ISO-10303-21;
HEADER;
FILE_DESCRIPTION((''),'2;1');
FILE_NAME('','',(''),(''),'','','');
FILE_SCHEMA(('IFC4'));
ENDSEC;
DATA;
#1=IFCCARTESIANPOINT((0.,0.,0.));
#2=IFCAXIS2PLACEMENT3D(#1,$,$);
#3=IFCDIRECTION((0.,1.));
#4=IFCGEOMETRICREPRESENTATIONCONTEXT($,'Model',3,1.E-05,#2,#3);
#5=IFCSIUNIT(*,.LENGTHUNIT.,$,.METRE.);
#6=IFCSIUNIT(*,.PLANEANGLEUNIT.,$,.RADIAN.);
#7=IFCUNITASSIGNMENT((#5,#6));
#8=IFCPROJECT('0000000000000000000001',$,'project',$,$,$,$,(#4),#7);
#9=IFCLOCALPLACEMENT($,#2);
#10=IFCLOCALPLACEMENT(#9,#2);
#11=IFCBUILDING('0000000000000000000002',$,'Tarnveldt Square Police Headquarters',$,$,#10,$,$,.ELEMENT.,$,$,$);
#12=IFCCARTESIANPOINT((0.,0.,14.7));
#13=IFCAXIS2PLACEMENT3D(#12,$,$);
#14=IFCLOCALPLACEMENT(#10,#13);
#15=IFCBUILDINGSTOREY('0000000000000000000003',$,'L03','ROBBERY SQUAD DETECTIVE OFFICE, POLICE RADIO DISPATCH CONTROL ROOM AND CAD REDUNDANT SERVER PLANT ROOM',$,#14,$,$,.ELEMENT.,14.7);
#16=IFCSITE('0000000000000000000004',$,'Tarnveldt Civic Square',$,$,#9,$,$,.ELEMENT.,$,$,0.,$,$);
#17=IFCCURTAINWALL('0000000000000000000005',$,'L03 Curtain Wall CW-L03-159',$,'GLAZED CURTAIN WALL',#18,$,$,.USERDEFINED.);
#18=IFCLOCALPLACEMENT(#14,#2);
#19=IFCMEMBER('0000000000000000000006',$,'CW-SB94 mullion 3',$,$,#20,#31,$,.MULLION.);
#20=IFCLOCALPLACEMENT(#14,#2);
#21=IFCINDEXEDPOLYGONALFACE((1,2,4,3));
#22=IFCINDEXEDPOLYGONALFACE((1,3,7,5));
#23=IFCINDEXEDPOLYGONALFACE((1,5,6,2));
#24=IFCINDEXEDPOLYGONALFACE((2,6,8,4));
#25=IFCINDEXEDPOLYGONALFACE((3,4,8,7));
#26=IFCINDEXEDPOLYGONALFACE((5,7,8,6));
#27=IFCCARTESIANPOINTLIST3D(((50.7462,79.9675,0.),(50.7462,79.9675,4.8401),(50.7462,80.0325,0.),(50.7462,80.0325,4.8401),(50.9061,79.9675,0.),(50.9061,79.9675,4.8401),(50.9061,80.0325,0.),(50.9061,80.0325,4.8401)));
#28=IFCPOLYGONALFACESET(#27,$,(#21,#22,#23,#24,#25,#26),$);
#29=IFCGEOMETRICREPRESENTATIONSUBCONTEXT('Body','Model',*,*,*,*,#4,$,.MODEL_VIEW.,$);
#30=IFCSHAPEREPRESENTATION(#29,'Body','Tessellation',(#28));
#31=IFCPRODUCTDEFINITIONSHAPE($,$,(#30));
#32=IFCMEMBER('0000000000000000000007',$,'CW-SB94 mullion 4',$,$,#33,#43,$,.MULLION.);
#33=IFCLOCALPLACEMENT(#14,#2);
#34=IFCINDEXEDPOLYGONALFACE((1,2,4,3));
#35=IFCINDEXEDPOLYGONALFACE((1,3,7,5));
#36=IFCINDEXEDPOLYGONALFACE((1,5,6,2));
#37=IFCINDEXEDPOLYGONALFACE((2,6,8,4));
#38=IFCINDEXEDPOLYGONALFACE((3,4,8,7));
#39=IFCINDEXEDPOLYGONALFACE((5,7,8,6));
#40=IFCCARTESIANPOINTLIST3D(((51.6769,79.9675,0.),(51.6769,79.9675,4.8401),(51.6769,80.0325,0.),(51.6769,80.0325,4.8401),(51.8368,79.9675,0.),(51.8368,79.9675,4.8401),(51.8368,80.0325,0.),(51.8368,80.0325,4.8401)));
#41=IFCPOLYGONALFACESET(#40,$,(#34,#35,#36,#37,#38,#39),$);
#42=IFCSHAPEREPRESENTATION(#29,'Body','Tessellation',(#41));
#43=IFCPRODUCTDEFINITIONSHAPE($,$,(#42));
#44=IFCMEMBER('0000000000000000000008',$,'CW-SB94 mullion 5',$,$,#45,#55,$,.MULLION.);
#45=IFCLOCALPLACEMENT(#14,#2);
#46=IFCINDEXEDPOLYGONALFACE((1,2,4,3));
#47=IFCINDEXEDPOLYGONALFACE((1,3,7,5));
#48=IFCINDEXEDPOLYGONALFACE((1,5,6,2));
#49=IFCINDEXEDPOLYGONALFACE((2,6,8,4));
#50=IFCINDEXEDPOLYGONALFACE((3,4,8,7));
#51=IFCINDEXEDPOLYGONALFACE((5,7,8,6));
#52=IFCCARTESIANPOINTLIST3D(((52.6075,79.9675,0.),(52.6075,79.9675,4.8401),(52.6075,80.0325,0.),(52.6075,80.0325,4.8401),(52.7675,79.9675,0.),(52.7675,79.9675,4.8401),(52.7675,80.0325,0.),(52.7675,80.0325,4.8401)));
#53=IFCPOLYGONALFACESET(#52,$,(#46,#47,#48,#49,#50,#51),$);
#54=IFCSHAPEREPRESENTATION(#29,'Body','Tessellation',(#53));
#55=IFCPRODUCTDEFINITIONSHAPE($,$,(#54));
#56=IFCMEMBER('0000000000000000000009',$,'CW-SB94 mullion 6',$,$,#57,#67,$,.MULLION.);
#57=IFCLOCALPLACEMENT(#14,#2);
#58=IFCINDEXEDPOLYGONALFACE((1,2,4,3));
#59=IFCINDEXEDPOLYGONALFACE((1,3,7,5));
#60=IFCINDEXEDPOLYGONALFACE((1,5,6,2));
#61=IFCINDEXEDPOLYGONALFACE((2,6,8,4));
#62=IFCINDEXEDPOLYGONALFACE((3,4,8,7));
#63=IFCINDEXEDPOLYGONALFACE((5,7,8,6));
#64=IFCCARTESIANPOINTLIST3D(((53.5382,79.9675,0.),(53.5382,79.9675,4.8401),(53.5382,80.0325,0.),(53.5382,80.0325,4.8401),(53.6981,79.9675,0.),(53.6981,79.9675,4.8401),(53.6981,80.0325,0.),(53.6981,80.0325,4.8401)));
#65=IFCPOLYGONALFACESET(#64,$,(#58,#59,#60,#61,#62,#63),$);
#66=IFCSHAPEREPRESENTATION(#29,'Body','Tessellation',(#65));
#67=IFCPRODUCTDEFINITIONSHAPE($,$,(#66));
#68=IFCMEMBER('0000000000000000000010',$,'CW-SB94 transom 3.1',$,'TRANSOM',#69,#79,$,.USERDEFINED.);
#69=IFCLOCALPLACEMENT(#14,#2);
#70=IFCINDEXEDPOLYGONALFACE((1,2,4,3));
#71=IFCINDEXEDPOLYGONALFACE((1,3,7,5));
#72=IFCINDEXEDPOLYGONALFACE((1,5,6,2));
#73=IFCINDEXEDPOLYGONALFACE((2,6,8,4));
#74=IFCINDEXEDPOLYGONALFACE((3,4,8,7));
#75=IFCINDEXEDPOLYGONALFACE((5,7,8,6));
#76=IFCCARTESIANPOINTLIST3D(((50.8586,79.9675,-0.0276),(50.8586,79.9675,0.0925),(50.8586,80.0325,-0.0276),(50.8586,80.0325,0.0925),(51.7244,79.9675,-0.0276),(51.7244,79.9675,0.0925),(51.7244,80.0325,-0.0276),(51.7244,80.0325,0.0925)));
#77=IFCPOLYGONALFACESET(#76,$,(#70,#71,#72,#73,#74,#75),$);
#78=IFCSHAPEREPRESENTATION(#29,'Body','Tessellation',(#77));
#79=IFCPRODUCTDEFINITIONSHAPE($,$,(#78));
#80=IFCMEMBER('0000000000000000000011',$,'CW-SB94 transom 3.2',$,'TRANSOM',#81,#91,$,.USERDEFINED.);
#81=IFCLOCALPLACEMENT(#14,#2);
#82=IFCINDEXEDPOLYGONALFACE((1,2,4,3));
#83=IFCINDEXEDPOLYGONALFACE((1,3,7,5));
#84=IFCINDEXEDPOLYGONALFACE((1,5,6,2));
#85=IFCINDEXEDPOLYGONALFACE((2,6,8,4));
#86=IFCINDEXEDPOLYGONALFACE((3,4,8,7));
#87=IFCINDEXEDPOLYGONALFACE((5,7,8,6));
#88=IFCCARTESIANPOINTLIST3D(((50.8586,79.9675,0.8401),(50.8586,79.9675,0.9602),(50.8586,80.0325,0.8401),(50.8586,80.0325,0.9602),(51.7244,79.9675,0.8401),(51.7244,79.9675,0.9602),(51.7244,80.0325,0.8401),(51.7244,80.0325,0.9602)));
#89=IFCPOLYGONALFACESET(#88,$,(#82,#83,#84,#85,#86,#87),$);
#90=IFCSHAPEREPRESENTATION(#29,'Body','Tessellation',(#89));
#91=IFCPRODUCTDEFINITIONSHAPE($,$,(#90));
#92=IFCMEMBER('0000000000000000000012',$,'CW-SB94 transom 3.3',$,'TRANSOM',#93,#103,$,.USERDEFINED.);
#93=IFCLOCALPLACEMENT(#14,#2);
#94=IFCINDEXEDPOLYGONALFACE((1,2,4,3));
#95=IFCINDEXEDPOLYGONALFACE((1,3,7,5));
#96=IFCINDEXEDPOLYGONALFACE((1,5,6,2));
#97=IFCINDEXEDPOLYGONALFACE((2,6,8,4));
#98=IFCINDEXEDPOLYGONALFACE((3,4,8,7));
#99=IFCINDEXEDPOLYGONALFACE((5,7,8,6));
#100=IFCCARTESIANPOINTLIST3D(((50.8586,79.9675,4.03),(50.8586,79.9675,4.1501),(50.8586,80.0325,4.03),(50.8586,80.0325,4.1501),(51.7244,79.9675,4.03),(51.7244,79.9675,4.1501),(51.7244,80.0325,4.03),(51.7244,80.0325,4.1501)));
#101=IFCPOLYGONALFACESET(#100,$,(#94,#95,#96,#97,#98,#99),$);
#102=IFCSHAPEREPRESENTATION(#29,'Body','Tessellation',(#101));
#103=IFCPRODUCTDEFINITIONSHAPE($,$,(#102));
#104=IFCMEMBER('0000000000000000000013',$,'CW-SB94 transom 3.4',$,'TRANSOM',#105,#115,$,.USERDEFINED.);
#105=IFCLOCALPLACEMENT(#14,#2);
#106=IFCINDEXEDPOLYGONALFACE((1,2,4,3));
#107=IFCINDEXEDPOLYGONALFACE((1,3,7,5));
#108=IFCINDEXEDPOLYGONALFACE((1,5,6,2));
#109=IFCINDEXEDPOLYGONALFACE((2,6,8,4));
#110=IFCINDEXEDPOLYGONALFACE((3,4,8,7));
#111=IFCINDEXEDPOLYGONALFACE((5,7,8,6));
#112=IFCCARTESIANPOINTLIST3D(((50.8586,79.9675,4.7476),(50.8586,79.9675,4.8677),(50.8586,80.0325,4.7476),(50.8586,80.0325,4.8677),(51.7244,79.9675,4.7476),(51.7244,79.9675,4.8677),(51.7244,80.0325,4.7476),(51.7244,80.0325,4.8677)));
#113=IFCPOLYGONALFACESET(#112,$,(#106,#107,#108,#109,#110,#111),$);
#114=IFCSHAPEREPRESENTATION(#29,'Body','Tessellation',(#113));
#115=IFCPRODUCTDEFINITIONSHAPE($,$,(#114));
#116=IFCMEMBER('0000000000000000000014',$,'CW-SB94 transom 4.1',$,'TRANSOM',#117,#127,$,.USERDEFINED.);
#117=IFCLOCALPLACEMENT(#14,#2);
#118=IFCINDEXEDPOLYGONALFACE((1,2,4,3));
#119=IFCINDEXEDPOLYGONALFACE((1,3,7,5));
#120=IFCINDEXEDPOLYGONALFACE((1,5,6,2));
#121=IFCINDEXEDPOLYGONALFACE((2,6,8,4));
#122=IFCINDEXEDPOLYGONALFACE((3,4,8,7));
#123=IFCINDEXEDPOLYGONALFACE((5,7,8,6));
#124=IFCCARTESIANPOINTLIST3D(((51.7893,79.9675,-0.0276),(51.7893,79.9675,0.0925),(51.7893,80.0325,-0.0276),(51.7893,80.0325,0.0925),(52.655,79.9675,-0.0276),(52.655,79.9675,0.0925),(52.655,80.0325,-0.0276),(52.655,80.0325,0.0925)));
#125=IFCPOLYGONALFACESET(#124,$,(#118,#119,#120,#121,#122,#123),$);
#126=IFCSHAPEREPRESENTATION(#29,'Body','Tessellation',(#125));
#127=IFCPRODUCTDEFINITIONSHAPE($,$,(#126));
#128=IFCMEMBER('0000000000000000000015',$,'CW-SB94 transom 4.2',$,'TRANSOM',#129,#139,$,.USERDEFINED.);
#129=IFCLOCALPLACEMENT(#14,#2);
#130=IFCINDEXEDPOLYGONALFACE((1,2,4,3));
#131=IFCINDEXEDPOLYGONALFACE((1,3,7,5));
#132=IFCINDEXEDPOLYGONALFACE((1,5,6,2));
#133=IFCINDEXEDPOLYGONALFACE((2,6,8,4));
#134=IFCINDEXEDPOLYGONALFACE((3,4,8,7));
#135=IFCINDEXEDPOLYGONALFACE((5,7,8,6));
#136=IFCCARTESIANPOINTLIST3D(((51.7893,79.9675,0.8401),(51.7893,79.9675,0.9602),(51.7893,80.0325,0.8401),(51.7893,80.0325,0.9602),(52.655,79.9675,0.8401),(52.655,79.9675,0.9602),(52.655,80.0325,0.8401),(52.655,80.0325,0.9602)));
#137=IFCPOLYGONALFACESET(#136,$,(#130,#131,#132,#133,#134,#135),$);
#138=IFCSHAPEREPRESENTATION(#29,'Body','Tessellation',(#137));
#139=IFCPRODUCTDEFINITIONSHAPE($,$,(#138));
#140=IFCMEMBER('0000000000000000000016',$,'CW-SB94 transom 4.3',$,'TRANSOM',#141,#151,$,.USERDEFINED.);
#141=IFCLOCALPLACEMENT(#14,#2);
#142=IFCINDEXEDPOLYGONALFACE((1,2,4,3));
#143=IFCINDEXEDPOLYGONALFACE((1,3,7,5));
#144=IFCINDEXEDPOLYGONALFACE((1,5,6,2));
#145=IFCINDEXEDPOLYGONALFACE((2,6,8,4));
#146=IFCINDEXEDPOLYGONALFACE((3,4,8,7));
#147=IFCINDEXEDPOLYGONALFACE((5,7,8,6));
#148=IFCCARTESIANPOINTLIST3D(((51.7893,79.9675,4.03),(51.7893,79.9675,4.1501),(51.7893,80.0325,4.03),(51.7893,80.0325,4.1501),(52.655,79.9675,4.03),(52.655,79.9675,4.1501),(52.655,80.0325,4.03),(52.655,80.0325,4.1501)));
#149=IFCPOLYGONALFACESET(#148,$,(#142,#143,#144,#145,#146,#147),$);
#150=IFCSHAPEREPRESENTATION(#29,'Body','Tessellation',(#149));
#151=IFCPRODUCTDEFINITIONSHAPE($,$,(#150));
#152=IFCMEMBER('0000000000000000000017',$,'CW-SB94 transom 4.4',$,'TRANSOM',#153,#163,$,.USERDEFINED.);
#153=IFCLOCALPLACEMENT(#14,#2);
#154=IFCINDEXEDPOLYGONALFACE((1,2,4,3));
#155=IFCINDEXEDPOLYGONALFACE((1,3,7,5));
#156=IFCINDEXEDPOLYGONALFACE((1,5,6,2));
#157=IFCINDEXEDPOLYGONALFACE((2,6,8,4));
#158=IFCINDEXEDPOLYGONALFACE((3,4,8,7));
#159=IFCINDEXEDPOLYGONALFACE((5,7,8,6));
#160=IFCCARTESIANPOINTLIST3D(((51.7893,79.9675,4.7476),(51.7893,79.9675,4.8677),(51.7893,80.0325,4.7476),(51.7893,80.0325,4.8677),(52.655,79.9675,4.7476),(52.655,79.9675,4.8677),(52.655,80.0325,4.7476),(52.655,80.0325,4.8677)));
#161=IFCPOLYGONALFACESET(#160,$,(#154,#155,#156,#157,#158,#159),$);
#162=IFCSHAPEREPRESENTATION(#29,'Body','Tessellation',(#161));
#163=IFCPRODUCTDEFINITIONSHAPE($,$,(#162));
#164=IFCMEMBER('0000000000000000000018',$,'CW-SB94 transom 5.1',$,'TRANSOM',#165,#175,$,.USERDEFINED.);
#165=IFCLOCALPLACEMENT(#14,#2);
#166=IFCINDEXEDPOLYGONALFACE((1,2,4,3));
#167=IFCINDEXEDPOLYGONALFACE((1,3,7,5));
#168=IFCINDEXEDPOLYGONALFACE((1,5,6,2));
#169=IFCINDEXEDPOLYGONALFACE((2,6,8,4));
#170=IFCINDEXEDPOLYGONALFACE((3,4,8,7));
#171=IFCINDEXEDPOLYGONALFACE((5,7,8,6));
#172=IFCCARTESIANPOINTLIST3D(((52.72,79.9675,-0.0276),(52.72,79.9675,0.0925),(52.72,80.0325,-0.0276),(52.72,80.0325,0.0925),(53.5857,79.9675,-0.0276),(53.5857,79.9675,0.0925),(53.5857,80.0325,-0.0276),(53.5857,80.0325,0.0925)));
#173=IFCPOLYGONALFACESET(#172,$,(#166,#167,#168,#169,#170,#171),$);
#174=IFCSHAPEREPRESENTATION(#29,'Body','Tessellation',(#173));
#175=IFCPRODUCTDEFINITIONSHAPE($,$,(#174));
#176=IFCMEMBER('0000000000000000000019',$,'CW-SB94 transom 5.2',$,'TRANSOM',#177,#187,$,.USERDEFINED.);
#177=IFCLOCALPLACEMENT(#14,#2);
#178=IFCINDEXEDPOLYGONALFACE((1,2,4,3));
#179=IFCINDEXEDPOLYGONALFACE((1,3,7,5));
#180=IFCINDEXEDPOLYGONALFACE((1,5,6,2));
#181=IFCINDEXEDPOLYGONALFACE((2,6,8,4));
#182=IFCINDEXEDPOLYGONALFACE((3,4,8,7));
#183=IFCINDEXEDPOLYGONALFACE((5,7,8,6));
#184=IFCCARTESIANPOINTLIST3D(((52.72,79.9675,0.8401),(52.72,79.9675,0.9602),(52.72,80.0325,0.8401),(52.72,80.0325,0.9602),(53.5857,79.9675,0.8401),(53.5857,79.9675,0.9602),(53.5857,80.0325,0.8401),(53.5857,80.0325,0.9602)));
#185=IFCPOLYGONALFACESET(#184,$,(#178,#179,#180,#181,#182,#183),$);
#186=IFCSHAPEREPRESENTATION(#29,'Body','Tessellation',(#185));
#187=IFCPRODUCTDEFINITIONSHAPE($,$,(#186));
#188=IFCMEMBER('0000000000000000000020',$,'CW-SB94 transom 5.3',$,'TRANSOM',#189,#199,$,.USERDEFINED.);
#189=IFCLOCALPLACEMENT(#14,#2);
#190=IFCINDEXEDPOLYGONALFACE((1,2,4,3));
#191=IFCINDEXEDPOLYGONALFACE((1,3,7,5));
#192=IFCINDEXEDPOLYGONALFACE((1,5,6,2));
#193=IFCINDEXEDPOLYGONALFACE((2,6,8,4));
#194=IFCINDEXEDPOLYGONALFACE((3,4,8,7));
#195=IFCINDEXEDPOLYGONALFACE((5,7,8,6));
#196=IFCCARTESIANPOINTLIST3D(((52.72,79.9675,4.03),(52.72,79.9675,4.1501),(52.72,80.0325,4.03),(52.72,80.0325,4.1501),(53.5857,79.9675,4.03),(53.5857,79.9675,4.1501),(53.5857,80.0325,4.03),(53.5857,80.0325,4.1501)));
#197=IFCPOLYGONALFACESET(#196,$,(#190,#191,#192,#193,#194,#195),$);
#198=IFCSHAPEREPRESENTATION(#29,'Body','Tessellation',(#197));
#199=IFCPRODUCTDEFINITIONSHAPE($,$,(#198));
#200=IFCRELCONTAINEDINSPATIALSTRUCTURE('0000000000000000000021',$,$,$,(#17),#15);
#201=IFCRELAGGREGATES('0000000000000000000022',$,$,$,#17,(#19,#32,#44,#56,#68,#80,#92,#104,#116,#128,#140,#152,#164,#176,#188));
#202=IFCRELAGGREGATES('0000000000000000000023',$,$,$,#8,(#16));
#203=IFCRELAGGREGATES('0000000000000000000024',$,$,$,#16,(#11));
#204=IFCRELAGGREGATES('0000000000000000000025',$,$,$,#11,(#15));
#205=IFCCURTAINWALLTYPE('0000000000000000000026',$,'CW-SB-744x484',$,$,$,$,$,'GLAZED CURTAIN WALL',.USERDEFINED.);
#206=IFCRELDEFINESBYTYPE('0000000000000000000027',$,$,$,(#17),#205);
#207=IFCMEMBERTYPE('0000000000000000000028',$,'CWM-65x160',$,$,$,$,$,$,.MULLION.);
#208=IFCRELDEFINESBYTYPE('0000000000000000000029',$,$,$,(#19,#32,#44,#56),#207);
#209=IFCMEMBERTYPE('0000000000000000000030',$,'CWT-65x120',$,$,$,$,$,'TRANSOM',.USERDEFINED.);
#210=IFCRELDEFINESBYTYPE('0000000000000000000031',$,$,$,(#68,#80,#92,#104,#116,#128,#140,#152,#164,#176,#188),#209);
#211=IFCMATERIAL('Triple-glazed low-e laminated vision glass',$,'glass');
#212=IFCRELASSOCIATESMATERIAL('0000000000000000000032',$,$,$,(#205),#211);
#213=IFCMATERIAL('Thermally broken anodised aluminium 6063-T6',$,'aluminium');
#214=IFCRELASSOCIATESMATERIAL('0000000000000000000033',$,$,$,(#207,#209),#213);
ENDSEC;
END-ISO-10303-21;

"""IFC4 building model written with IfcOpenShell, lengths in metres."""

from ifc_helpers import new_model, si_unit, direction, frame, origin, origin_2d, place, context, subcontext, project, spatial, rectangle, extrude, material, material_profile, profile_set, type_object, element, aggregate, save


model = new_model("IFC4")

# Units and contexts
model_context = context("Model", 3, precision=1e-05, world=origin(), true_north=direction((0.0, 1.0)))
body_context = subcontext(model_context, "Body", "Model", "MODEL_VIEW")
ifc_project = project(units=[si_unit("LENGTHUNIT", "METRE"), si_unit("PLANEANGLEUNIT", "RADIAN")], contexts=[model_context])

# Site, building, storey
site_placement = place(None, origin())
site = spatial("IfcSite", under=ifc_project, at=site_placement, Name="Tarnveldt Civic Square", CompositionType="ELEMENT", RefElevation=0.0)
building_placement = place(site_placement, origin())
building = spatial("IfcBuilding", under=site, at=building_placement, Name="Tarnveldt Square Police Headquarters", CompositionType="ELEMENT")
storey_placement = place(building_placement, frame((0.0, 0.0, 14.7)))
storey = spatial("IfcBuildingStorey", under=building, at=storey_placement, Name="L03", Description="ROBBERY SQUAD DETECTIVE OFFICE, POLICE RADIO DISPATCH CONTROL ROOM AND CAD REDUNDANT SERVER PLANT ROOM", CompositionType="ELEMENT", Elevation=14.7)

# Curtain wall, members
ifc_material_1 = material(Name="Triple-glazed low-e laminated vision glass", Category="glass")
curtain_wall_type = type_object("IfcCurtainWallType", Name="CW-SB-744x484", ElementType="GLAZED CURTAIN WALL", PredefinedType="USERDEFINED", material=ifc_material_1)
curtain_wall_placement = place(storey_placement, origin())
curtain_wall = element("IfcCurtainWall", 1, at=curtain_wall_placement, inside=storey, type_object=curtain_wall_type, Name="L03 Curtain Wall CW-L03-159", ObjectType="GLAZED CURTAIN WALL", PredefinedType="USERDEFINED")
ifc_material_2 = material(Name="Thermally broken anodised aluminium 6063-T6", Category="aluminium")
ifc_material_profile_1 = material_profile(ifc_material_2, rectangle(XDim=0.0649, YDim=0.1599, at=origin_2d()), Name="CW-M65x160")
ifc_profile_set_1 = profile_set([ifc_material_profile_1], Name="Thermally broken anodised aluminium 6063-T6")
member_type_1 = type_object("IfcMemberType", Name="CWM-65x160", PredefinedType="MULLION", material=ifc_profile_set_1)
member_1_placement = place(storey_placement, frame((50.8262, 80.0, 0.0), z_axis=(0.0, 0.0, 1.0), x_axis=(0.0, 1.0, 0.0)))
member_1 = element("IfcMember", 2, at=member_1_placement, type_object=member_type_1, Name="CW-SB94 mullion 3", PredefinedType="MULLION", context=body_context, shape_type="SweptSolid", body=[
    extrude(rectangle(XDim=0.0649, YDim=0.1599, at=origin_2d()), origin(), (0.0, 0.0, 1.0), 4.8401),
])
member_2_placement = place(storey_placement, frame((51.7568, 80.0, 0.0), z_axis=(0.0, 0.0, 1.0), x_axis=(0.0, 1.0, 0.0)))
member_2 = element("IfcMember", 3, at=member_2_placement, type_object=member_type_1, Name="CW-SB94 mullion 4", PredefinedType="MULLION", context=body_context, shape_type="SweptSolid", body=[
    extrude(rectangle(XDim=0.0649, YDim=0.1599, at=origin_2d()), origin(), (0.0, 0.0, 1.0), 4.8401),
])
member_3_placement = place(storey_placement, frame((52.6875, 80.0, 0.0), z_axis=(0.0, 0.0, 1.0), x_axis=(0.0, 1.0, 0.0)))
member_3 = element("IfcMember", 4, at=member_3_placement, type_object=member_type_1, Name="CW-SB94 mullion 5", PredefinedType="MULLION", context=body_context, shape_type="SweptSolid", body=[
    extrude(rectangle(XDim=0.0649, YDim=0.1599, at=origin_2d()), origin(), (0.0, 0.0, 1.0), 4.8401),
])
member_4_placement = place(storey_placement, frame((53.6182, 80.0, 0.0), z_axis=(0.0, 0.0, 1.0), x_axis=(0.0, 1.0, 0.0)))
member_4 = element("IfcMember", 5, at=member_4_placement, type_object=member_type_1, Name="CW-SB94 mullion 6", PredefinedType="MULLION", context=body_context, shape_type="SweptSolid", body=[
    extrude(rectangle(XDim=0.0649, YDim=0.1599, at=origin_2d()), origin(), (0.0, 0.0, 1.0), 4.8401),
])
ifc_material_profile_2 = material_profile(ifc_material_2, rectangle(XDim=0.0649, YDim=0.1201, at=origin_2d()), Name="CW-T65x120")
ifc_profile_set_2 = profile_set([ifc_material_profile_2], Name="Thermally broken anodised aluminium 6063-T6")
member_type_2 = type_object("IfcMemberType", Name="CWT-65x120", ElementType="TRANSOM", PredefinedType="USERDEFINED", material=ifc_profile_set_2)
member_5_placement = place(storey_placement, frame((50.8586, 80.0, 0.0325), z_axis=(1.0, 0.0, 0.0), x_axis=(0.0, 1.0, 0.0)))
member_5 = element("IfcMember", 6, at=member_5_placement, type_object=member_type_2, Name="CW-SB94 transom 3.1", ObjectType="TRANSOM", PredefinedType="USERDEFINED", context=body_context, shape_type="SweptSolid", body=[
    extrude(rectangle(XDim=0.0649, YDim=0.1201, at=origin_2d()), origin(), (0.0, 0.0, 1.0), 0.8657),
])
member_6_placement = place(storey_placement, frame((50.8586, 80.0, 0.9001), z_axis=(1.0, 0.0, 0.0), x_axis=(0.0, 1.0, 0.0)))
member_6 = element("IfcMember", 7, at=member_6_placement, type_object=member_type_2, Name="CW-SB94 transom 3.2", ObjectType="TRANSOM", PredefinedType="USERDEFINED", context=body_context, shape_type="SweptSolid", body=[
    extrude(rectangle(XDim=0.0649, YDim=0.1201, at=origin_2d()), origin(), (0.0, 0.0, 1.0), 0.8657),
])
member_7_placement = place(storey_placement, frame((50.8586, 80.0, 4.0901), z_axis=(1.0, 0.0, 0.0), x_axis=(0.0, 1.0, 0.0)))
member_7 = element("IfcMember", 8, at=member_7_placement, type_object=member_type_2, Name="CW-SB94 transom 3.3", ObjectType="TRANSOM", PredefinedType="USERDEFINED", context=body_context, shape_type="SweptSolid", body=[
    extrude(rectangle(XDim=0.0649, YDim=0.1201, at=origin_2d()), origin(), (0.0, 0.0, 1.0), 0.8657),
])
member_8_placement = place(storey_placement, frame((50.8586, 80.0, 4.8076), z_axis=(1.0, 0.0, 0.0), x_axis=(0.0, 1.0, 0.0)))
member_8 = element("IfcMember", 9, at=member_8_placement, type_object=member_type_2, Name="CW-SB94 transom 3.4", ObjectType="TRANSOM", PredefinedType="USERDEFINED", context=body_context, shape_type="SweptSolid", body=[
    extrude(rectangle(XDim=0.0649, YDim=0.1201, at=origin_2d()), origin(), (0.0, 0.0, 1.0), 0.8657),
])
member_9_placement = place(storey_placement, frame((51.7893, 80.0, 0.0325), z_axis=(1.0, 0.0, 0.0), x_axis=(0.0, 1.0, 0.0)))
member_9 = element("IfcMember", 10, at=member_9_placement, type_object=member_type_2, Name="CW-SB94 transom 4.1", ObjectType="TRANSOM", PredefinedType="USERDEFINED", context=body_context, shape_type="SweptSolid", body=[
    extrude(rectangle(XDim=0.0649, YDim=0.1201, at=origin_2d()), origin(), (0.0, 0.0, 1.0), 0.8657),
])
member_10_placement = place(storey_placement, frame((51.7893, 80.0, 0.9001), z_axis=(1.0, 0.0, 0.0), x_axis=(0.0, 1.0, 0.0)))
member_10 = element("IfcMember", 11, at=member_10_placement, type_object=member_type_2, Name="CW-SB94 transom 4.2", ObjectType="TRANSOM", PredefinedType="USERDEFINED", context=body_context, shape_type="SweptSolid", body=[
    extrude(rectangle(XDim=0.0649, YDim=0.1201, at=origin_2d()), origin(), (0.0, 0.0, 1.0), 0.8657),
])
member_11_placement = place(storey_placement, frame((51.7893, 80.0, 4.0901), z_axis=(1.0, 0.0, 0.0), x_axis=(0.0, 1.0, 0.0)))
member_11 = element("IfcMember", 12, at=member_11_placement, type_object=member_type_2, Name="CW-SB94 transom 4.3", ObjectType="TRANSOM", PredefinedType="USERDEFINED", context=body_context, shape_type="SweptSolid", body=[
    extrude(rectangle(XDim=0.0649, YDim=0.1201, at=origin_2d()), origin(), (0.0, 0.0, 1.0), 0.8657),
])
member_12_placement = place(storey_placement, frame((51.7893, 80.0, 4.8076), z_axis=(1.0, 0.0, 0.0), x_axis=(0.0, 1.0, 0.0)))
member_12 = element("IfcMember", 13, at=member_12_placement, type_object=member_type_2, Name="CW-SB94 transom 4.4", ObjectType="TRANSOM", PredefinedType="USERDEFINED", context=body_context, shape_type="SweptSolid", body=[
    extrude(rectangle(XDim=0.0649, YDim=0.1201, at=origin_2d()), origin(), (0.0, 0.0, 1.0), 0.8657),
])
member_13_placement = place(storey_placement, frame((52.72, 80.0, 0.0325), z_axis=(1.0, 0.0, 0.0), x_axis=(0.0, 1.0, 0.0)))
member_13 = element("IfcMember", 14, at=member_13_placement, type_object=member_type_2, Name="CW-SB94 transom 5.1", ObjectType="TRANSOM", PredefinedType="USERDEFINED", context=body_context, shape_type="SweptSolid", body=[
    extrude(rectangle(XDim=0.0649, YDim=0.1201, at=origin_2d()), origin(), (0.0, 0.0, 1.0), 0.8657),
])
member_14_placement = place(storey_placement, frame((52.72, 80.0, 0.9001), z_axis=(1.0, 0.0, 0.0), x_axis=(0.0, 1.0, 0.0)))
member_14 = element("IfcMember", 15, at=member_14_placement, type_object=member_type_2, Name="CW-SB94 transom 5.2", ObjectType="TRANSOM", PredefinedType="USERDEFINED", context=body_context, shape_type="SweptSolid", body=[
    extrude(rectangle(XDim=0.0649, YDim=0.1201, at=origin_2d()), origin(), (0.0, 0.0, 1.0), 0.8657),
])
member_15_placement = place(storey_placement, frame((52.72, 80.0, 4.0901), z_axis=(1.0, 0.0, 0.0), x_axis=(0.0, 1.0, 0.0)))
member_15 = element("IfcMember", 16, at=member_15_placement, type_object=member_type_2, Name="CW-SB94 transom 5.3", ObjectType="TRANSOM", PredefinedType="USERDEFINED", context=body_context, shape_type="SweptSolid", body=[
    extrude(rectangle(XDim=0.0649, YDim=0.1201, at=origin_2d()), origin(), (0.0, 0.0, 1.0), 0.8657),
])
aggregate(curtain_wall, [member_1, member_2, member_3, member_4, member_5, member_6, member_7, member_8, member_9, member_10, member_11, member_12, member_13, member_14, member_15])

save(model, "model.ifc")
